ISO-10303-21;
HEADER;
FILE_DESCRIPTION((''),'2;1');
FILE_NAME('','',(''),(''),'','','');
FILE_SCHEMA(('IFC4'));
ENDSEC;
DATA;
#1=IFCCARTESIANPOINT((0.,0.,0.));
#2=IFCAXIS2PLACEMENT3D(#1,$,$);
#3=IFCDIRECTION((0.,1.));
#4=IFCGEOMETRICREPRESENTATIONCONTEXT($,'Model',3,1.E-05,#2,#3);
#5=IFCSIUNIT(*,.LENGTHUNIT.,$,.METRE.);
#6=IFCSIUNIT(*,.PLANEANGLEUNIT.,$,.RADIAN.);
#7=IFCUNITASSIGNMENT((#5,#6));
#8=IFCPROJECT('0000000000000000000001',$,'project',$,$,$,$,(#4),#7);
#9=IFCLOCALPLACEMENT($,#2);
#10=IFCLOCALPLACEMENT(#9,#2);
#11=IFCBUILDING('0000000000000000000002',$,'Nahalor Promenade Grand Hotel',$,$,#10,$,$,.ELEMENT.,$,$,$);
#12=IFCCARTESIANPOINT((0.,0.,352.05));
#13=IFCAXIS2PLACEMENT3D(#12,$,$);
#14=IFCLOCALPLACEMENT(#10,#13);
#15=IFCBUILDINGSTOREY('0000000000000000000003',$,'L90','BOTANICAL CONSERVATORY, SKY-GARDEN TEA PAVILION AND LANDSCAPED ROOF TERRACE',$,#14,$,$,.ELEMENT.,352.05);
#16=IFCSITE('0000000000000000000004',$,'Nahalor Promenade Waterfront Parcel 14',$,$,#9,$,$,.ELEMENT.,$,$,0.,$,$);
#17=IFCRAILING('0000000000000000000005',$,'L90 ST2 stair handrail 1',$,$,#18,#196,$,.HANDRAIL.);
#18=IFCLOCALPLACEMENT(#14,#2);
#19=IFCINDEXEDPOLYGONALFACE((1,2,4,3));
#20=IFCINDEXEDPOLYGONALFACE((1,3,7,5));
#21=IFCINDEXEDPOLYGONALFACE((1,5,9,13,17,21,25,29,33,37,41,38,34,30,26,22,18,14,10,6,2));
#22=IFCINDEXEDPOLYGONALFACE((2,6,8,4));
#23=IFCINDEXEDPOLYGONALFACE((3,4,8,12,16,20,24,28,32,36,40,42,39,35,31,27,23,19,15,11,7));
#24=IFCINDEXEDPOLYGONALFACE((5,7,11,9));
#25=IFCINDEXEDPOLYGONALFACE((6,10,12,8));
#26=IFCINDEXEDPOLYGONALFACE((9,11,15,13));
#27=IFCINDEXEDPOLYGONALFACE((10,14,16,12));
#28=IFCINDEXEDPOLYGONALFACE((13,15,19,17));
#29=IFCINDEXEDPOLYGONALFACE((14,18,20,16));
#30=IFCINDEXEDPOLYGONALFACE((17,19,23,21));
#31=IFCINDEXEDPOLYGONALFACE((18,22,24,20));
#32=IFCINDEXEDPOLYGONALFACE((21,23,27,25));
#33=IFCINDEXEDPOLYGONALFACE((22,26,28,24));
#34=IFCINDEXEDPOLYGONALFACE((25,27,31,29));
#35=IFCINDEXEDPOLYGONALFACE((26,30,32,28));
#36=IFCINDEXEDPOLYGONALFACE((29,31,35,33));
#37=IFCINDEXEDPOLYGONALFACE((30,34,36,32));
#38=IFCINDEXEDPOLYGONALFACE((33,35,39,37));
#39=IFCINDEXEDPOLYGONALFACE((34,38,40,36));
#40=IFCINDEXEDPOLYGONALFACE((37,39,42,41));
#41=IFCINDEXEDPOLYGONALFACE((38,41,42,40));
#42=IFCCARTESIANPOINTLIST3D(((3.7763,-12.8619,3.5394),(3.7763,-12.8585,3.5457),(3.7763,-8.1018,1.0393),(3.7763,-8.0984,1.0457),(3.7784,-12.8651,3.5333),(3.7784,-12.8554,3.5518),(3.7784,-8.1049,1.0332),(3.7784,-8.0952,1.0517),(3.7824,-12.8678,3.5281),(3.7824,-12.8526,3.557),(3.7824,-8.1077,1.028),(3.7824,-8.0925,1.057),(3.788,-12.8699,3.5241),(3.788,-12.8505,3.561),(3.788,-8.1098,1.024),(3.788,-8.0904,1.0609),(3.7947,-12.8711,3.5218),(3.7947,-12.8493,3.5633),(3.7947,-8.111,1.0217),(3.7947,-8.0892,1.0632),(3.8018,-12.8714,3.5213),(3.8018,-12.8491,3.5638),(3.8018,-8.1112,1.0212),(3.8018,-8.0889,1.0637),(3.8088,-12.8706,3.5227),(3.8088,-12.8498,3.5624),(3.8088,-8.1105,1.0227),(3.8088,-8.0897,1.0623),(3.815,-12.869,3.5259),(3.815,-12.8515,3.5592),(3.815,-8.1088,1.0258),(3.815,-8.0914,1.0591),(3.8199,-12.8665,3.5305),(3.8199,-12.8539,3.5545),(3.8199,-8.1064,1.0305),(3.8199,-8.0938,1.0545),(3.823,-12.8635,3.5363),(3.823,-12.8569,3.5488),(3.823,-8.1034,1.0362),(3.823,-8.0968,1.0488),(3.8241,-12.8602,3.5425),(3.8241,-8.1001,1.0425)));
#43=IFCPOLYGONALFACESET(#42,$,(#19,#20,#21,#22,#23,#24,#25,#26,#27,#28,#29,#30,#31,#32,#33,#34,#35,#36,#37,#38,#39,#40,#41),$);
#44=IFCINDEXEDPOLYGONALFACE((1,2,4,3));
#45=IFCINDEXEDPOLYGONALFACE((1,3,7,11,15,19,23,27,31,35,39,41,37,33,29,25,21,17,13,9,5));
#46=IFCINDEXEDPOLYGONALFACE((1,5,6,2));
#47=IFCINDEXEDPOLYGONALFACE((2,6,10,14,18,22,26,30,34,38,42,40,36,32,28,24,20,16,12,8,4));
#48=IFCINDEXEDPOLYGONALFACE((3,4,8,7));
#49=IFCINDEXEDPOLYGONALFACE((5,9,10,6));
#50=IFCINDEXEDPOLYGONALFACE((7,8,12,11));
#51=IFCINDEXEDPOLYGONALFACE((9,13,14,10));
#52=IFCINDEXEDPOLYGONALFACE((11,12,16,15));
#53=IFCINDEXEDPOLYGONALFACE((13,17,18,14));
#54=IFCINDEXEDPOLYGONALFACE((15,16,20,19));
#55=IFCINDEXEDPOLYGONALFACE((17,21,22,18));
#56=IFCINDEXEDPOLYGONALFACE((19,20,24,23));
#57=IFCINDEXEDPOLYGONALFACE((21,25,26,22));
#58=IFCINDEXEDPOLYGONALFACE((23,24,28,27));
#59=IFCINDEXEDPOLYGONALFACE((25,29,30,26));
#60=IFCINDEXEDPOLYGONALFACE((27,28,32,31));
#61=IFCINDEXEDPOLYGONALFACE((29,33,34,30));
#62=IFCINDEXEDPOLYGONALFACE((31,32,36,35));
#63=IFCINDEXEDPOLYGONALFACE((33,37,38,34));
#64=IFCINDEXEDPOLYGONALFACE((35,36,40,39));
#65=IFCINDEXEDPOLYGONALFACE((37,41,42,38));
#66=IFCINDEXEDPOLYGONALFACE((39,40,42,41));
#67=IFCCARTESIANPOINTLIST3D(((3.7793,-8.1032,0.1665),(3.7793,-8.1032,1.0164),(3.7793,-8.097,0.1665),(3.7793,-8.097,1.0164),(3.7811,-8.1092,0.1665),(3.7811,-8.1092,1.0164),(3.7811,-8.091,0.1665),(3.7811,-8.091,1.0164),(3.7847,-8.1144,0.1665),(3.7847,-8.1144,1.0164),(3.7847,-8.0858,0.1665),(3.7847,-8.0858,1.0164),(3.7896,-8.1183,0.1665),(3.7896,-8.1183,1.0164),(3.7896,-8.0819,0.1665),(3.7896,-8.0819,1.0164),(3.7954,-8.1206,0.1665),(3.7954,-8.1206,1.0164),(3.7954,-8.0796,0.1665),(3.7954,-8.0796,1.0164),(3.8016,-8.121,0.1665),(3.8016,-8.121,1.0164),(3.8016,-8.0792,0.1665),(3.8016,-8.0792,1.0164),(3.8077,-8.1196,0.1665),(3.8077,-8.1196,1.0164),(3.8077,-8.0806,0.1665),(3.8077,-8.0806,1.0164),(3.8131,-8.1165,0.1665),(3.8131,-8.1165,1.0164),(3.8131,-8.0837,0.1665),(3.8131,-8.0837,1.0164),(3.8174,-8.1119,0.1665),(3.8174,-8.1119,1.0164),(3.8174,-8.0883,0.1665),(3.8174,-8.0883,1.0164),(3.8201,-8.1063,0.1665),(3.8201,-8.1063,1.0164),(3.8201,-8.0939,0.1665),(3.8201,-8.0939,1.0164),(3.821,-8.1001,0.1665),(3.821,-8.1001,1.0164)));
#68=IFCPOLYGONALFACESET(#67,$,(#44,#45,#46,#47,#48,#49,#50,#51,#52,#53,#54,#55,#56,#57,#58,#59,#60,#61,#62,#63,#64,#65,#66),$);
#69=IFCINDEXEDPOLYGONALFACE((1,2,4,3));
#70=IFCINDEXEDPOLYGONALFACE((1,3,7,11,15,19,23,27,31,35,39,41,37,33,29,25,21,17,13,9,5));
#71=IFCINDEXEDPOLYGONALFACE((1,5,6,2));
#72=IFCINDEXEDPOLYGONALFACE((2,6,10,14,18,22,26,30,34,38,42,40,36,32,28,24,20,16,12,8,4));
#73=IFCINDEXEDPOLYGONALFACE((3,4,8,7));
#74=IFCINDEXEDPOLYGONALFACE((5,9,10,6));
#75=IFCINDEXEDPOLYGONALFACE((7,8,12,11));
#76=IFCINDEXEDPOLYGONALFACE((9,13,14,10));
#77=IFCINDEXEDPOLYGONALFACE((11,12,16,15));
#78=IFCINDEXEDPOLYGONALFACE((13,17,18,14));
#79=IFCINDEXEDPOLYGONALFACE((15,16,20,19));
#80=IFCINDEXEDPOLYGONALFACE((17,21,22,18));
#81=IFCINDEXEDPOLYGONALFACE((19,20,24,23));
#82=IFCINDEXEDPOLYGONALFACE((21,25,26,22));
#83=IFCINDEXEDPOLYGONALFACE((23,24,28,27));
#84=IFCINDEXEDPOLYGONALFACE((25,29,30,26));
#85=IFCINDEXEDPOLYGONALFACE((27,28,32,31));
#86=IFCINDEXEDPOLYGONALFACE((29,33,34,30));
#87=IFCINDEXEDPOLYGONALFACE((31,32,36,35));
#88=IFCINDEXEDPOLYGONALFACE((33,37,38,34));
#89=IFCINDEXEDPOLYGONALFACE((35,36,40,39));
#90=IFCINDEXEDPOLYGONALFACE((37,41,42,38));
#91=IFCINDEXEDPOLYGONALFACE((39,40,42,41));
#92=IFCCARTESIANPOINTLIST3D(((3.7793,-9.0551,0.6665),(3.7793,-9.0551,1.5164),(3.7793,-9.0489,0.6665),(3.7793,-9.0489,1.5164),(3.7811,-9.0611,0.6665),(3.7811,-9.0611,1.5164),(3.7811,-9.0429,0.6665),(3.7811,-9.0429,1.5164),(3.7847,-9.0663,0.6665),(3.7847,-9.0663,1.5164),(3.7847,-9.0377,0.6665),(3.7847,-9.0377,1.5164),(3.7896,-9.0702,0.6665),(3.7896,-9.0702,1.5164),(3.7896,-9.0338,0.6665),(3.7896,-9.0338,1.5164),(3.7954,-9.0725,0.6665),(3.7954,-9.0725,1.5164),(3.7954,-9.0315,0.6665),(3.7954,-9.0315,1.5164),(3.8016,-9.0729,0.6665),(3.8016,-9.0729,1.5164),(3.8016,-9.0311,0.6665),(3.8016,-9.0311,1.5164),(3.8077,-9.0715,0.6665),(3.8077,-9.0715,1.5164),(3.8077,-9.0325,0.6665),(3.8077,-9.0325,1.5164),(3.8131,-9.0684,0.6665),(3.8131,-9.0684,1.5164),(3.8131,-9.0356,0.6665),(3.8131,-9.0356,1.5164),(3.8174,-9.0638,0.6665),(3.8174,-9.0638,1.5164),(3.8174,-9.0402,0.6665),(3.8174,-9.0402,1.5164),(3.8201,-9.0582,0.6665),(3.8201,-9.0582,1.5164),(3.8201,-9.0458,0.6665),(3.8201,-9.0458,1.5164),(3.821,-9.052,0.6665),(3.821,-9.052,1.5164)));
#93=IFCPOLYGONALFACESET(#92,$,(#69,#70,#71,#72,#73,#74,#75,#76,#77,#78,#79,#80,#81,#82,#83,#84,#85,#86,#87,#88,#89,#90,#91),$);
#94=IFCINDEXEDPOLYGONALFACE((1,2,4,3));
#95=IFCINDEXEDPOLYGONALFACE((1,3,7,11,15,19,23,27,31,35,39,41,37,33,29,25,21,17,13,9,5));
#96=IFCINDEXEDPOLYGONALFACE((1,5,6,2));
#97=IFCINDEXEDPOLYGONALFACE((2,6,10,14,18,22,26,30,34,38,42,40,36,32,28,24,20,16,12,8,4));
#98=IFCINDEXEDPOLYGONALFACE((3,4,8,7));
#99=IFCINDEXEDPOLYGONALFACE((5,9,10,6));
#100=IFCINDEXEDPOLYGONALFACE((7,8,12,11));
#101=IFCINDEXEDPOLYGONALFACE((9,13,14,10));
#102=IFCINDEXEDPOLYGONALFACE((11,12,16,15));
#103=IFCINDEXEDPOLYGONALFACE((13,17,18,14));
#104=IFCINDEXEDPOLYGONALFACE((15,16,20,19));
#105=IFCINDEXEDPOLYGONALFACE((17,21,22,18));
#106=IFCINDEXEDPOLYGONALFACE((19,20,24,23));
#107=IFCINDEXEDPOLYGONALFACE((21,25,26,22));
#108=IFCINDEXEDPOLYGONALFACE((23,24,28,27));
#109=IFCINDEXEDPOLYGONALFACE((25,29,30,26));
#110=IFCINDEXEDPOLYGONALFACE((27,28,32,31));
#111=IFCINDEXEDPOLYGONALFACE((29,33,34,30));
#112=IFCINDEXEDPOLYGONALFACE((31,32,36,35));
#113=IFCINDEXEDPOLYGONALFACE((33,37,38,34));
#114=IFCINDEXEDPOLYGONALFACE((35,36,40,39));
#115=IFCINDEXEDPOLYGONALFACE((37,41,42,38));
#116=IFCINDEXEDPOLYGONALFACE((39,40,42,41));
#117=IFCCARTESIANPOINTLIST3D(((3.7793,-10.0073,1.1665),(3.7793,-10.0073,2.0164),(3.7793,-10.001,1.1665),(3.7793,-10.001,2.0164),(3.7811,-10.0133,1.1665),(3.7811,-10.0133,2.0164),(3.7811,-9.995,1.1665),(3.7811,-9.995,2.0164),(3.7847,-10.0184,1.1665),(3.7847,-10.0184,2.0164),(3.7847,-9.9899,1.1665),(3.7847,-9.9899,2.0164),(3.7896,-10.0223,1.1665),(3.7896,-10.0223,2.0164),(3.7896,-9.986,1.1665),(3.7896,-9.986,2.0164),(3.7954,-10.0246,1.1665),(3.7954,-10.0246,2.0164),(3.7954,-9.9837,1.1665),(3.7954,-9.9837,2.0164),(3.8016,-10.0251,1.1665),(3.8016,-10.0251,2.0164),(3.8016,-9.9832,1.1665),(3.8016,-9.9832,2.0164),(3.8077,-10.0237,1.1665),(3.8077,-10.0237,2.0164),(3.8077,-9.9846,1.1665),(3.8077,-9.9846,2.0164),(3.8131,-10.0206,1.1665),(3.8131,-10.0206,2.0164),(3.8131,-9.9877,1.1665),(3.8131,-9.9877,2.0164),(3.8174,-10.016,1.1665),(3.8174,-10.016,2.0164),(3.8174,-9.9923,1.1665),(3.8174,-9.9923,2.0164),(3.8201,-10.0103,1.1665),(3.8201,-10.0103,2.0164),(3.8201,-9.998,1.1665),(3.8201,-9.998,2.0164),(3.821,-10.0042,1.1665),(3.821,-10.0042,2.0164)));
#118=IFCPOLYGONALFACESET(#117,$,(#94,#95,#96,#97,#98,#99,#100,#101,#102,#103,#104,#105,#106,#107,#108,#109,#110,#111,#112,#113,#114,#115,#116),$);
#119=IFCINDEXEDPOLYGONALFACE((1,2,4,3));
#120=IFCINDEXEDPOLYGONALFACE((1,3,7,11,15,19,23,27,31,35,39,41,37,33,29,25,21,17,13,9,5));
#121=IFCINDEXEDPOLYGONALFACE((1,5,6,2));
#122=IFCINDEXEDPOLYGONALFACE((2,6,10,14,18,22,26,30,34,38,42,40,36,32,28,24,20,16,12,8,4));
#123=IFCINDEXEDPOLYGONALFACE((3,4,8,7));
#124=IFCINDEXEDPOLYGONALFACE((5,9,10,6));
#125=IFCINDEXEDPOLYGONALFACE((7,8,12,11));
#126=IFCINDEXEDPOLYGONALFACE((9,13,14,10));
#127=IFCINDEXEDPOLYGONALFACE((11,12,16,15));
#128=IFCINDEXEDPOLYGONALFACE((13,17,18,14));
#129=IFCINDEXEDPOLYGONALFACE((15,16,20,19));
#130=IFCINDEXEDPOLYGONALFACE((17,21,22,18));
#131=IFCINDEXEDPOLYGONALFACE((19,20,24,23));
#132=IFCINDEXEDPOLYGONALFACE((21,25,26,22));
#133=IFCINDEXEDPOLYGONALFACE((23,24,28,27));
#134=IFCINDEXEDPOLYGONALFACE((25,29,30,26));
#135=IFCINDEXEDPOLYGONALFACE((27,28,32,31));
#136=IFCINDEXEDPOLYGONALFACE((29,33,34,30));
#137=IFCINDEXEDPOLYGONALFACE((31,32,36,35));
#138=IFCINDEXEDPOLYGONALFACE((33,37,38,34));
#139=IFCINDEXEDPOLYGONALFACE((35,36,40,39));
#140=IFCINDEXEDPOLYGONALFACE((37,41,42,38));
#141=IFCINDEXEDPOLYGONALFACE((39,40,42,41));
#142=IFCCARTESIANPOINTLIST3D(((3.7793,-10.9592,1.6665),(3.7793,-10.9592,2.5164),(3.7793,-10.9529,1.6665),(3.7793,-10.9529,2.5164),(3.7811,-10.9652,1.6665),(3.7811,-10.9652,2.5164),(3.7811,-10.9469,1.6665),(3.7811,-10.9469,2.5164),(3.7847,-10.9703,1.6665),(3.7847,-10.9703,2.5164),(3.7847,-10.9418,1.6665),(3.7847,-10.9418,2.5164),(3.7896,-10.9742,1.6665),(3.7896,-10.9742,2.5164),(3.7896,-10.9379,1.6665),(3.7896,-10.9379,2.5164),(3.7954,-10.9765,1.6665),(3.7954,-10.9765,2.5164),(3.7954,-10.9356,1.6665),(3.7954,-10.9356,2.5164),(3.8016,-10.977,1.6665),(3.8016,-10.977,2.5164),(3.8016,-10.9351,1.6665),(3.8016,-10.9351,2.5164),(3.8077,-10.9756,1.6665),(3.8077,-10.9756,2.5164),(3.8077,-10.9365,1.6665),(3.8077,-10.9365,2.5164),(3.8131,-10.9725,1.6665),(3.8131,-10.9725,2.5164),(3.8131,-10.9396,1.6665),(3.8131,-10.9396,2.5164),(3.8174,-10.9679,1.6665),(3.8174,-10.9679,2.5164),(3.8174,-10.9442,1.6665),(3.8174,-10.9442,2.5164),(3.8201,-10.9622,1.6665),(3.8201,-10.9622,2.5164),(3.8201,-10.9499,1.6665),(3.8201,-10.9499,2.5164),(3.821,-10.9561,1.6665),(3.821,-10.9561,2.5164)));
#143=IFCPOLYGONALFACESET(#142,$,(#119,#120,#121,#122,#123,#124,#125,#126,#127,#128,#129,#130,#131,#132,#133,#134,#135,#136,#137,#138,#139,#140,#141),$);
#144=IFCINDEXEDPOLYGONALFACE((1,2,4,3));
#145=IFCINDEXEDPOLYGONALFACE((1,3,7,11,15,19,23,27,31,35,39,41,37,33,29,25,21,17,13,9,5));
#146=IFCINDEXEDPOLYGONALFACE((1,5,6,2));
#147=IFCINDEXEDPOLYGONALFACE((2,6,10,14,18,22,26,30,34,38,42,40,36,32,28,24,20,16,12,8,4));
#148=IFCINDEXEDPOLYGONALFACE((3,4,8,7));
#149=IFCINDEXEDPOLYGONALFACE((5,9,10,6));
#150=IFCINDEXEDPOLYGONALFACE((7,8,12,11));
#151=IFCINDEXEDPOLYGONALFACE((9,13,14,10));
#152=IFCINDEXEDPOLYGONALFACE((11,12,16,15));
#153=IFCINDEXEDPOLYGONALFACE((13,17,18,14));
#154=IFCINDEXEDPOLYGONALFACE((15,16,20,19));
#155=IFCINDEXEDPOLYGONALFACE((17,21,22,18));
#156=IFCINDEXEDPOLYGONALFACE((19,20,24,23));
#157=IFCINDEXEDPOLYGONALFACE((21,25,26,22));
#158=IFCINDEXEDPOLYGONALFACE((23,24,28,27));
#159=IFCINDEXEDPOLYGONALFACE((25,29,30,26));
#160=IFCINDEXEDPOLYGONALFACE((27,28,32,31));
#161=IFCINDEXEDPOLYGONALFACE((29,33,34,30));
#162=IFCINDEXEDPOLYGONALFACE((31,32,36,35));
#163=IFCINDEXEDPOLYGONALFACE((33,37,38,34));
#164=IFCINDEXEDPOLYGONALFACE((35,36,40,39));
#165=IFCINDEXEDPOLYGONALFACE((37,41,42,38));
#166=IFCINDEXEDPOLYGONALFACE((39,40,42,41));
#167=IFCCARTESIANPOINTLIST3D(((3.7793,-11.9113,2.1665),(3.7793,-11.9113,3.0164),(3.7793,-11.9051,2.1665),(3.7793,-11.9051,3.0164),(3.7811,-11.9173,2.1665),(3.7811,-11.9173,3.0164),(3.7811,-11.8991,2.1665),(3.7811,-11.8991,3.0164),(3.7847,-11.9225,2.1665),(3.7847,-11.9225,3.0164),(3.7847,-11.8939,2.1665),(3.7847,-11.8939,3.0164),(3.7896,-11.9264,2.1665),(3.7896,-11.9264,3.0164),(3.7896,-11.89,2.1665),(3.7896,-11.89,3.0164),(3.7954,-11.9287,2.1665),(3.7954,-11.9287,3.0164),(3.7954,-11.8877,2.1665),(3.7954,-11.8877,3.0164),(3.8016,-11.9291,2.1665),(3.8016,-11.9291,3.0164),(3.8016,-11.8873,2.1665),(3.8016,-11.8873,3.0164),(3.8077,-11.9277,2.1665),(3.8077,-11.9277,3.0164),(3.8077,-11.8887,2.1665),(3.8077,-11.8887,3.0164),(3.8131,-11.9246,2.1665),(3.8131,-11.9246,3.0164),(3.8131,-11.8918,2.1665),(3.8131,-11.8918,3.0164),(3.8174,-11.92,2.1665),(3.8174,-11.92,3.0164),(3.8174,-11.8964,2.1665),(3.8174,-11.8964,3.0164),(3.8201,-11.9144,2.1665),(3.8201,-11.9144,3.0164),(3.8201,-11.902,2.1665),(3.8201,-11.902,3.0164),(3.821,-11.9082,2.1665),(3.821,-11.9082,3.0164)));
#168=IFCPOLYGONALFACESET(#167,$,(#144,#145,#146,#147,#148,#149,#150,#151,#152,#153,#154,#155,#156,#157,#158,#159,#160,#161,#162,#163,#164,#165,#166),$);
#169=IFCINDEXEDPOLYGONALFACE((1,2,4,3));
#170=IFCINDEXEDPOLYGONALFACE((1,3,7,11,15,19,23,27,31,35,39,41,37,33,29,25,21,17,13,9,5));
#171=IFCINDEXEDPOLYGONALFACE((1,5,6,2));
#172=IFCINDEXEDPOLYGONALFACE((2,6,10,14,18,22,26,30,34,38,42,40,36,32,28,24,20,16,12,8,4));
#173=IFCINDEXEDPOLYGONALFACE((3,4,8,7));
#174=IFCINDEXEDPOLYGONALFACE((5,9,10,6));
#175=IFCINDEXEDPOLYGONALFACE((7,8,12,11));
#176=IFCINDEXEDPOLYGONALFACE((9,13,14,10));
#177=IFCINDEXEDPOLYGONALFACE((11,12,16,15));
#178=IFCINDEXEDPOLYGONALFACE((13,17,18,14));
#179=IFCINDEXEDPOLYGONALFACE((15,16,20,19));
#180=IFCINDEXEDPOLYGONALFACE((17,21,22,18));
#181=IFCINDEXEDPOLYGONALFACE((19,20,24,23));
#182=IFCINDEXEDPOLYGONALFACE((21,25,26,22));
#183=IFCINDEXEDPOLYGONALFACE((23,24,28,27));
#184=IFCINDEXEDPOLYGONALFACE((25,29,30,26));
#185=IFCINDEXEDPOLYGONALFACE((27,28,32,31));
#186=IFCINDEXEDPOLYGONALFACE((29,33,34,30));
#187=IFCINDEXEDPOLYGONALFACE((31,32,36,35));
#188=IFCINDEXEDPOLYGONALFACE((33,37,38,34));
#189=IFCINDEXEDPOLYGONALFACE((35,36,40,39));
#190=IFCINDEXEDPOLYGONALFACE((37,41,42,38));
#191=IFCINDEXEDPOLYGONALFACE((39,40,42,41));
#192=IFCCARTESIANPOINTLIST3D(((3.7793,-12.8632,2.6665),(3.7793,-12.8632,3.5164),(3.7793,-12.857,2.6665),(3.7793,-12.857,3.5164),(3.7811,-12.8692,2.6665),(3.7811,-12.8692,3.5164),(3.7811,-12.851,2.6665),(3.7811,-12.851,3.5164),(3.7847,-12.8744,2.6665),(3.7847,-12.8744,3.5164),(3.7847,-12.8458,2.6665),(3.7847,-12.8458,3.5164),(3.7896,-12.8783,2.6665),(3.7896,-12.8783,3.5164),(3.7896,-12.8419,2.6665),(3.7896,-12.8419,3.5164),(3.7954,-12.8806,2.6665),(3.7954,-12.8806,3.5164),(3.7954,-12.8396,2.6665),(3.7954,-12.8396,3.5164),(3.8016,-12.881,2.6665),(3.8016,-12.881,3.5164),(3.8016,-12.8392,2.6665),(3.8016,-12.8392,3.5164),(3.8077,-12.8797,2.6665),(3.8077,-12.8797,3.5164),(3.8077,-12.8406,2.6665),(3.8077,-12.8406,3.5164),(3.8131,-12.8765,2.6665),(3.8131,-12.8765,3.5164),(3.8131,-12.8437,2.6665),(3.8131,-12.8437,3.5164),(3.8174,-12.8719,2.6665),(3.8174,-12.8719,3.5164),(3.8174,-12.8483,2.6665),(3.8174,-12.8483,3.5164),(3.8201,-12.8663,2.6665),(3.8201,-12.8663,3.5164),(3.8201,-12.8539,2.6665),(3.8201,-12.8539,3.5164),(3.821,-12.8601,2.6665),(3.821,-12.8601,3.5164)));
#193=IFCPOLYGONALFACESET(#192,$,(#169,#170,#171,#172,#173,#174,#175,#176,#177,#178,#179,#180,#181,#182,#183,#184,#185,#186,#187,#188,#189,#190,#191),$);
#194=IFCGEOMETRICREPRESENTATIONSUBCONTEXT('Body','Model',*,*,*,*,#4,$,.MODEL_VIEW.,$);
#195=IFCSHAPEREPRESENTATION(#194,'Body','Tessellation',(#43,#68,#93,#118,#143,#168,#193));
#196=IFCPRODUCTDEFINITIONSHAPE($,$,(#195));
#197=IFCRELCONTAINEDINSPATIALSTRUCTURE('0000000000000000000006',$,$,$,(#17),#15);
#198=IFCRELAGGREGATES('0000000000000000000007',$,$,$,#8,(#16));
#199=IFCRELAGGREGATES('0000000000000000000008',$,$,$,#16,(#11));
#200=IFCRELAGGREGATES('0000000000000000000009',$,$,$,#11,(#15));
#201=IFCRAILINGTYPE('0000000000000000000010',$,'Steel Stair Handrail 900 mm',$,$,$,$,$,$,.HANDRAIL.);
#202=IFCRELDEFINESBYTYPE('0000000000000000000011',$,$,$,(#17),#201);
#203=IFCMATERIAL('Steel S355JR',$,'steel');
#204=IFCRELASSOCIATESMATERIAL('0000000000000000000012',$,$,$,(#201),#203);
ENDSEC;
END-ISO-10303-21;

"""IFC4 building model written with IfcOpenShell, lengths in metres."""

from ifc_helpers import new_model, si_unit, direction, frame, origin, origin_2d, place, context, subcontext, project, spatial, circle, extrude, material, type_object, element, save


model = new_model("IFC4")

# Units and contexts
model_context = context("Model", 3, precision=1e-05, world=origin(), true_north=direction((0.0, 1.0)))
body_context = subcontext(model_context, "Body", "Model", "MODEL_VIEW")
ifc_project = project(units=[si_unit("LENGTHUNIT", "METRE"), si_unit("PLANEANGLEUNIT", "RADIAN")], contexts=[model_context])

# Site, building, storey
site_placement = place(None, origin())
site = spatial("IfcSite", under=ifc_project, at=site_placement, Name="Nahalor Promenade Waterfront Parcel 14", CompositionType="ELEMENT", RefElevation=0.0)
building_placement = place(site_placement, origin())
building = spatial("IfcBuilding", under=site, at=building_placement, Name="Nahalor Promenade Grand Hotel", CompositionType="ELEMENT")
storey_placement = place(building_placement, frame((0.0, 0.0, 352.05)))
storey = spatial("IfcBuildingStorey", under=building, at=storey_placement, Name="L90", Description="BOTANICAL CONSERVATORY, SKY-GARDEN TEA PAVILION AND LANDSCAPED ROOF TERRACE", CompositionType="ELEMENT", Elevation=352.05)

# Shared definitions
ifc_material_1 = material(Name="Steel S355JR", Category="steel")

# Railing
railing_type_1 = type_object("IfcRailingType", Name="Steel Stair Handrail 900 mm", PredefinedType="HANDRAIL", material=ifc_material_1)
for number, where, name in (
    (1, (3.8, -8.1001, 0.1665), "L90 ST2 stair handrail 1"),
):
    element("IfcRailing", number, at=place(storey_placement, frame(where)), inside=storey, type_object=railing_type_1, Name=name, PredefinedType="HANDRAIL", context=body_context, shape_type="SweptSolid", body=[
        extrude(circle(Radius=0.024, at=origin_2d()), frame((0.0, 0.0, 0.876), z_axis=(0.0, -0.885322, 0.464979), x_axis=(1.0, 0.0, 0.0)), (0.0, 0.0, 1.0), 5.3767),
        extrude(circle(Radius=0.021, at=origin_2d()), origin(), (0.0, 0.0, 1.0), 0.8499),
        extrude(circle(Radius=0.021, at=origin_2d()), frame((0.0, -0.9519, 0.5)), (0.0, 0.0, 1.0), 0.8499),
        extrude(circle(Radius=0.021, at=origin_2d()), frame((0.0, -1.9041, 1.0)), (0.0, 0.0, 1.0), 0.8499),
        extrude(circle(Radius=0.021, at=origin_2d()), frame((0.0, -2.856, 1.5)), (0.0, 0.0, 1.0), 0.8499),
        extrude(circle(Radius=0.021, at=origin_2d()), frame((0.0, -3.8081, 2.0)), (0.0, 0.0, 1.0), 0.8499),
        extrude(circle(Radius=0.021, at=origin_2d()), frame((0.0, -4.76, 2.5)), (0.0, 0.0, 1.0), 0.8499),
    ])

save(model, "model.ifc")
